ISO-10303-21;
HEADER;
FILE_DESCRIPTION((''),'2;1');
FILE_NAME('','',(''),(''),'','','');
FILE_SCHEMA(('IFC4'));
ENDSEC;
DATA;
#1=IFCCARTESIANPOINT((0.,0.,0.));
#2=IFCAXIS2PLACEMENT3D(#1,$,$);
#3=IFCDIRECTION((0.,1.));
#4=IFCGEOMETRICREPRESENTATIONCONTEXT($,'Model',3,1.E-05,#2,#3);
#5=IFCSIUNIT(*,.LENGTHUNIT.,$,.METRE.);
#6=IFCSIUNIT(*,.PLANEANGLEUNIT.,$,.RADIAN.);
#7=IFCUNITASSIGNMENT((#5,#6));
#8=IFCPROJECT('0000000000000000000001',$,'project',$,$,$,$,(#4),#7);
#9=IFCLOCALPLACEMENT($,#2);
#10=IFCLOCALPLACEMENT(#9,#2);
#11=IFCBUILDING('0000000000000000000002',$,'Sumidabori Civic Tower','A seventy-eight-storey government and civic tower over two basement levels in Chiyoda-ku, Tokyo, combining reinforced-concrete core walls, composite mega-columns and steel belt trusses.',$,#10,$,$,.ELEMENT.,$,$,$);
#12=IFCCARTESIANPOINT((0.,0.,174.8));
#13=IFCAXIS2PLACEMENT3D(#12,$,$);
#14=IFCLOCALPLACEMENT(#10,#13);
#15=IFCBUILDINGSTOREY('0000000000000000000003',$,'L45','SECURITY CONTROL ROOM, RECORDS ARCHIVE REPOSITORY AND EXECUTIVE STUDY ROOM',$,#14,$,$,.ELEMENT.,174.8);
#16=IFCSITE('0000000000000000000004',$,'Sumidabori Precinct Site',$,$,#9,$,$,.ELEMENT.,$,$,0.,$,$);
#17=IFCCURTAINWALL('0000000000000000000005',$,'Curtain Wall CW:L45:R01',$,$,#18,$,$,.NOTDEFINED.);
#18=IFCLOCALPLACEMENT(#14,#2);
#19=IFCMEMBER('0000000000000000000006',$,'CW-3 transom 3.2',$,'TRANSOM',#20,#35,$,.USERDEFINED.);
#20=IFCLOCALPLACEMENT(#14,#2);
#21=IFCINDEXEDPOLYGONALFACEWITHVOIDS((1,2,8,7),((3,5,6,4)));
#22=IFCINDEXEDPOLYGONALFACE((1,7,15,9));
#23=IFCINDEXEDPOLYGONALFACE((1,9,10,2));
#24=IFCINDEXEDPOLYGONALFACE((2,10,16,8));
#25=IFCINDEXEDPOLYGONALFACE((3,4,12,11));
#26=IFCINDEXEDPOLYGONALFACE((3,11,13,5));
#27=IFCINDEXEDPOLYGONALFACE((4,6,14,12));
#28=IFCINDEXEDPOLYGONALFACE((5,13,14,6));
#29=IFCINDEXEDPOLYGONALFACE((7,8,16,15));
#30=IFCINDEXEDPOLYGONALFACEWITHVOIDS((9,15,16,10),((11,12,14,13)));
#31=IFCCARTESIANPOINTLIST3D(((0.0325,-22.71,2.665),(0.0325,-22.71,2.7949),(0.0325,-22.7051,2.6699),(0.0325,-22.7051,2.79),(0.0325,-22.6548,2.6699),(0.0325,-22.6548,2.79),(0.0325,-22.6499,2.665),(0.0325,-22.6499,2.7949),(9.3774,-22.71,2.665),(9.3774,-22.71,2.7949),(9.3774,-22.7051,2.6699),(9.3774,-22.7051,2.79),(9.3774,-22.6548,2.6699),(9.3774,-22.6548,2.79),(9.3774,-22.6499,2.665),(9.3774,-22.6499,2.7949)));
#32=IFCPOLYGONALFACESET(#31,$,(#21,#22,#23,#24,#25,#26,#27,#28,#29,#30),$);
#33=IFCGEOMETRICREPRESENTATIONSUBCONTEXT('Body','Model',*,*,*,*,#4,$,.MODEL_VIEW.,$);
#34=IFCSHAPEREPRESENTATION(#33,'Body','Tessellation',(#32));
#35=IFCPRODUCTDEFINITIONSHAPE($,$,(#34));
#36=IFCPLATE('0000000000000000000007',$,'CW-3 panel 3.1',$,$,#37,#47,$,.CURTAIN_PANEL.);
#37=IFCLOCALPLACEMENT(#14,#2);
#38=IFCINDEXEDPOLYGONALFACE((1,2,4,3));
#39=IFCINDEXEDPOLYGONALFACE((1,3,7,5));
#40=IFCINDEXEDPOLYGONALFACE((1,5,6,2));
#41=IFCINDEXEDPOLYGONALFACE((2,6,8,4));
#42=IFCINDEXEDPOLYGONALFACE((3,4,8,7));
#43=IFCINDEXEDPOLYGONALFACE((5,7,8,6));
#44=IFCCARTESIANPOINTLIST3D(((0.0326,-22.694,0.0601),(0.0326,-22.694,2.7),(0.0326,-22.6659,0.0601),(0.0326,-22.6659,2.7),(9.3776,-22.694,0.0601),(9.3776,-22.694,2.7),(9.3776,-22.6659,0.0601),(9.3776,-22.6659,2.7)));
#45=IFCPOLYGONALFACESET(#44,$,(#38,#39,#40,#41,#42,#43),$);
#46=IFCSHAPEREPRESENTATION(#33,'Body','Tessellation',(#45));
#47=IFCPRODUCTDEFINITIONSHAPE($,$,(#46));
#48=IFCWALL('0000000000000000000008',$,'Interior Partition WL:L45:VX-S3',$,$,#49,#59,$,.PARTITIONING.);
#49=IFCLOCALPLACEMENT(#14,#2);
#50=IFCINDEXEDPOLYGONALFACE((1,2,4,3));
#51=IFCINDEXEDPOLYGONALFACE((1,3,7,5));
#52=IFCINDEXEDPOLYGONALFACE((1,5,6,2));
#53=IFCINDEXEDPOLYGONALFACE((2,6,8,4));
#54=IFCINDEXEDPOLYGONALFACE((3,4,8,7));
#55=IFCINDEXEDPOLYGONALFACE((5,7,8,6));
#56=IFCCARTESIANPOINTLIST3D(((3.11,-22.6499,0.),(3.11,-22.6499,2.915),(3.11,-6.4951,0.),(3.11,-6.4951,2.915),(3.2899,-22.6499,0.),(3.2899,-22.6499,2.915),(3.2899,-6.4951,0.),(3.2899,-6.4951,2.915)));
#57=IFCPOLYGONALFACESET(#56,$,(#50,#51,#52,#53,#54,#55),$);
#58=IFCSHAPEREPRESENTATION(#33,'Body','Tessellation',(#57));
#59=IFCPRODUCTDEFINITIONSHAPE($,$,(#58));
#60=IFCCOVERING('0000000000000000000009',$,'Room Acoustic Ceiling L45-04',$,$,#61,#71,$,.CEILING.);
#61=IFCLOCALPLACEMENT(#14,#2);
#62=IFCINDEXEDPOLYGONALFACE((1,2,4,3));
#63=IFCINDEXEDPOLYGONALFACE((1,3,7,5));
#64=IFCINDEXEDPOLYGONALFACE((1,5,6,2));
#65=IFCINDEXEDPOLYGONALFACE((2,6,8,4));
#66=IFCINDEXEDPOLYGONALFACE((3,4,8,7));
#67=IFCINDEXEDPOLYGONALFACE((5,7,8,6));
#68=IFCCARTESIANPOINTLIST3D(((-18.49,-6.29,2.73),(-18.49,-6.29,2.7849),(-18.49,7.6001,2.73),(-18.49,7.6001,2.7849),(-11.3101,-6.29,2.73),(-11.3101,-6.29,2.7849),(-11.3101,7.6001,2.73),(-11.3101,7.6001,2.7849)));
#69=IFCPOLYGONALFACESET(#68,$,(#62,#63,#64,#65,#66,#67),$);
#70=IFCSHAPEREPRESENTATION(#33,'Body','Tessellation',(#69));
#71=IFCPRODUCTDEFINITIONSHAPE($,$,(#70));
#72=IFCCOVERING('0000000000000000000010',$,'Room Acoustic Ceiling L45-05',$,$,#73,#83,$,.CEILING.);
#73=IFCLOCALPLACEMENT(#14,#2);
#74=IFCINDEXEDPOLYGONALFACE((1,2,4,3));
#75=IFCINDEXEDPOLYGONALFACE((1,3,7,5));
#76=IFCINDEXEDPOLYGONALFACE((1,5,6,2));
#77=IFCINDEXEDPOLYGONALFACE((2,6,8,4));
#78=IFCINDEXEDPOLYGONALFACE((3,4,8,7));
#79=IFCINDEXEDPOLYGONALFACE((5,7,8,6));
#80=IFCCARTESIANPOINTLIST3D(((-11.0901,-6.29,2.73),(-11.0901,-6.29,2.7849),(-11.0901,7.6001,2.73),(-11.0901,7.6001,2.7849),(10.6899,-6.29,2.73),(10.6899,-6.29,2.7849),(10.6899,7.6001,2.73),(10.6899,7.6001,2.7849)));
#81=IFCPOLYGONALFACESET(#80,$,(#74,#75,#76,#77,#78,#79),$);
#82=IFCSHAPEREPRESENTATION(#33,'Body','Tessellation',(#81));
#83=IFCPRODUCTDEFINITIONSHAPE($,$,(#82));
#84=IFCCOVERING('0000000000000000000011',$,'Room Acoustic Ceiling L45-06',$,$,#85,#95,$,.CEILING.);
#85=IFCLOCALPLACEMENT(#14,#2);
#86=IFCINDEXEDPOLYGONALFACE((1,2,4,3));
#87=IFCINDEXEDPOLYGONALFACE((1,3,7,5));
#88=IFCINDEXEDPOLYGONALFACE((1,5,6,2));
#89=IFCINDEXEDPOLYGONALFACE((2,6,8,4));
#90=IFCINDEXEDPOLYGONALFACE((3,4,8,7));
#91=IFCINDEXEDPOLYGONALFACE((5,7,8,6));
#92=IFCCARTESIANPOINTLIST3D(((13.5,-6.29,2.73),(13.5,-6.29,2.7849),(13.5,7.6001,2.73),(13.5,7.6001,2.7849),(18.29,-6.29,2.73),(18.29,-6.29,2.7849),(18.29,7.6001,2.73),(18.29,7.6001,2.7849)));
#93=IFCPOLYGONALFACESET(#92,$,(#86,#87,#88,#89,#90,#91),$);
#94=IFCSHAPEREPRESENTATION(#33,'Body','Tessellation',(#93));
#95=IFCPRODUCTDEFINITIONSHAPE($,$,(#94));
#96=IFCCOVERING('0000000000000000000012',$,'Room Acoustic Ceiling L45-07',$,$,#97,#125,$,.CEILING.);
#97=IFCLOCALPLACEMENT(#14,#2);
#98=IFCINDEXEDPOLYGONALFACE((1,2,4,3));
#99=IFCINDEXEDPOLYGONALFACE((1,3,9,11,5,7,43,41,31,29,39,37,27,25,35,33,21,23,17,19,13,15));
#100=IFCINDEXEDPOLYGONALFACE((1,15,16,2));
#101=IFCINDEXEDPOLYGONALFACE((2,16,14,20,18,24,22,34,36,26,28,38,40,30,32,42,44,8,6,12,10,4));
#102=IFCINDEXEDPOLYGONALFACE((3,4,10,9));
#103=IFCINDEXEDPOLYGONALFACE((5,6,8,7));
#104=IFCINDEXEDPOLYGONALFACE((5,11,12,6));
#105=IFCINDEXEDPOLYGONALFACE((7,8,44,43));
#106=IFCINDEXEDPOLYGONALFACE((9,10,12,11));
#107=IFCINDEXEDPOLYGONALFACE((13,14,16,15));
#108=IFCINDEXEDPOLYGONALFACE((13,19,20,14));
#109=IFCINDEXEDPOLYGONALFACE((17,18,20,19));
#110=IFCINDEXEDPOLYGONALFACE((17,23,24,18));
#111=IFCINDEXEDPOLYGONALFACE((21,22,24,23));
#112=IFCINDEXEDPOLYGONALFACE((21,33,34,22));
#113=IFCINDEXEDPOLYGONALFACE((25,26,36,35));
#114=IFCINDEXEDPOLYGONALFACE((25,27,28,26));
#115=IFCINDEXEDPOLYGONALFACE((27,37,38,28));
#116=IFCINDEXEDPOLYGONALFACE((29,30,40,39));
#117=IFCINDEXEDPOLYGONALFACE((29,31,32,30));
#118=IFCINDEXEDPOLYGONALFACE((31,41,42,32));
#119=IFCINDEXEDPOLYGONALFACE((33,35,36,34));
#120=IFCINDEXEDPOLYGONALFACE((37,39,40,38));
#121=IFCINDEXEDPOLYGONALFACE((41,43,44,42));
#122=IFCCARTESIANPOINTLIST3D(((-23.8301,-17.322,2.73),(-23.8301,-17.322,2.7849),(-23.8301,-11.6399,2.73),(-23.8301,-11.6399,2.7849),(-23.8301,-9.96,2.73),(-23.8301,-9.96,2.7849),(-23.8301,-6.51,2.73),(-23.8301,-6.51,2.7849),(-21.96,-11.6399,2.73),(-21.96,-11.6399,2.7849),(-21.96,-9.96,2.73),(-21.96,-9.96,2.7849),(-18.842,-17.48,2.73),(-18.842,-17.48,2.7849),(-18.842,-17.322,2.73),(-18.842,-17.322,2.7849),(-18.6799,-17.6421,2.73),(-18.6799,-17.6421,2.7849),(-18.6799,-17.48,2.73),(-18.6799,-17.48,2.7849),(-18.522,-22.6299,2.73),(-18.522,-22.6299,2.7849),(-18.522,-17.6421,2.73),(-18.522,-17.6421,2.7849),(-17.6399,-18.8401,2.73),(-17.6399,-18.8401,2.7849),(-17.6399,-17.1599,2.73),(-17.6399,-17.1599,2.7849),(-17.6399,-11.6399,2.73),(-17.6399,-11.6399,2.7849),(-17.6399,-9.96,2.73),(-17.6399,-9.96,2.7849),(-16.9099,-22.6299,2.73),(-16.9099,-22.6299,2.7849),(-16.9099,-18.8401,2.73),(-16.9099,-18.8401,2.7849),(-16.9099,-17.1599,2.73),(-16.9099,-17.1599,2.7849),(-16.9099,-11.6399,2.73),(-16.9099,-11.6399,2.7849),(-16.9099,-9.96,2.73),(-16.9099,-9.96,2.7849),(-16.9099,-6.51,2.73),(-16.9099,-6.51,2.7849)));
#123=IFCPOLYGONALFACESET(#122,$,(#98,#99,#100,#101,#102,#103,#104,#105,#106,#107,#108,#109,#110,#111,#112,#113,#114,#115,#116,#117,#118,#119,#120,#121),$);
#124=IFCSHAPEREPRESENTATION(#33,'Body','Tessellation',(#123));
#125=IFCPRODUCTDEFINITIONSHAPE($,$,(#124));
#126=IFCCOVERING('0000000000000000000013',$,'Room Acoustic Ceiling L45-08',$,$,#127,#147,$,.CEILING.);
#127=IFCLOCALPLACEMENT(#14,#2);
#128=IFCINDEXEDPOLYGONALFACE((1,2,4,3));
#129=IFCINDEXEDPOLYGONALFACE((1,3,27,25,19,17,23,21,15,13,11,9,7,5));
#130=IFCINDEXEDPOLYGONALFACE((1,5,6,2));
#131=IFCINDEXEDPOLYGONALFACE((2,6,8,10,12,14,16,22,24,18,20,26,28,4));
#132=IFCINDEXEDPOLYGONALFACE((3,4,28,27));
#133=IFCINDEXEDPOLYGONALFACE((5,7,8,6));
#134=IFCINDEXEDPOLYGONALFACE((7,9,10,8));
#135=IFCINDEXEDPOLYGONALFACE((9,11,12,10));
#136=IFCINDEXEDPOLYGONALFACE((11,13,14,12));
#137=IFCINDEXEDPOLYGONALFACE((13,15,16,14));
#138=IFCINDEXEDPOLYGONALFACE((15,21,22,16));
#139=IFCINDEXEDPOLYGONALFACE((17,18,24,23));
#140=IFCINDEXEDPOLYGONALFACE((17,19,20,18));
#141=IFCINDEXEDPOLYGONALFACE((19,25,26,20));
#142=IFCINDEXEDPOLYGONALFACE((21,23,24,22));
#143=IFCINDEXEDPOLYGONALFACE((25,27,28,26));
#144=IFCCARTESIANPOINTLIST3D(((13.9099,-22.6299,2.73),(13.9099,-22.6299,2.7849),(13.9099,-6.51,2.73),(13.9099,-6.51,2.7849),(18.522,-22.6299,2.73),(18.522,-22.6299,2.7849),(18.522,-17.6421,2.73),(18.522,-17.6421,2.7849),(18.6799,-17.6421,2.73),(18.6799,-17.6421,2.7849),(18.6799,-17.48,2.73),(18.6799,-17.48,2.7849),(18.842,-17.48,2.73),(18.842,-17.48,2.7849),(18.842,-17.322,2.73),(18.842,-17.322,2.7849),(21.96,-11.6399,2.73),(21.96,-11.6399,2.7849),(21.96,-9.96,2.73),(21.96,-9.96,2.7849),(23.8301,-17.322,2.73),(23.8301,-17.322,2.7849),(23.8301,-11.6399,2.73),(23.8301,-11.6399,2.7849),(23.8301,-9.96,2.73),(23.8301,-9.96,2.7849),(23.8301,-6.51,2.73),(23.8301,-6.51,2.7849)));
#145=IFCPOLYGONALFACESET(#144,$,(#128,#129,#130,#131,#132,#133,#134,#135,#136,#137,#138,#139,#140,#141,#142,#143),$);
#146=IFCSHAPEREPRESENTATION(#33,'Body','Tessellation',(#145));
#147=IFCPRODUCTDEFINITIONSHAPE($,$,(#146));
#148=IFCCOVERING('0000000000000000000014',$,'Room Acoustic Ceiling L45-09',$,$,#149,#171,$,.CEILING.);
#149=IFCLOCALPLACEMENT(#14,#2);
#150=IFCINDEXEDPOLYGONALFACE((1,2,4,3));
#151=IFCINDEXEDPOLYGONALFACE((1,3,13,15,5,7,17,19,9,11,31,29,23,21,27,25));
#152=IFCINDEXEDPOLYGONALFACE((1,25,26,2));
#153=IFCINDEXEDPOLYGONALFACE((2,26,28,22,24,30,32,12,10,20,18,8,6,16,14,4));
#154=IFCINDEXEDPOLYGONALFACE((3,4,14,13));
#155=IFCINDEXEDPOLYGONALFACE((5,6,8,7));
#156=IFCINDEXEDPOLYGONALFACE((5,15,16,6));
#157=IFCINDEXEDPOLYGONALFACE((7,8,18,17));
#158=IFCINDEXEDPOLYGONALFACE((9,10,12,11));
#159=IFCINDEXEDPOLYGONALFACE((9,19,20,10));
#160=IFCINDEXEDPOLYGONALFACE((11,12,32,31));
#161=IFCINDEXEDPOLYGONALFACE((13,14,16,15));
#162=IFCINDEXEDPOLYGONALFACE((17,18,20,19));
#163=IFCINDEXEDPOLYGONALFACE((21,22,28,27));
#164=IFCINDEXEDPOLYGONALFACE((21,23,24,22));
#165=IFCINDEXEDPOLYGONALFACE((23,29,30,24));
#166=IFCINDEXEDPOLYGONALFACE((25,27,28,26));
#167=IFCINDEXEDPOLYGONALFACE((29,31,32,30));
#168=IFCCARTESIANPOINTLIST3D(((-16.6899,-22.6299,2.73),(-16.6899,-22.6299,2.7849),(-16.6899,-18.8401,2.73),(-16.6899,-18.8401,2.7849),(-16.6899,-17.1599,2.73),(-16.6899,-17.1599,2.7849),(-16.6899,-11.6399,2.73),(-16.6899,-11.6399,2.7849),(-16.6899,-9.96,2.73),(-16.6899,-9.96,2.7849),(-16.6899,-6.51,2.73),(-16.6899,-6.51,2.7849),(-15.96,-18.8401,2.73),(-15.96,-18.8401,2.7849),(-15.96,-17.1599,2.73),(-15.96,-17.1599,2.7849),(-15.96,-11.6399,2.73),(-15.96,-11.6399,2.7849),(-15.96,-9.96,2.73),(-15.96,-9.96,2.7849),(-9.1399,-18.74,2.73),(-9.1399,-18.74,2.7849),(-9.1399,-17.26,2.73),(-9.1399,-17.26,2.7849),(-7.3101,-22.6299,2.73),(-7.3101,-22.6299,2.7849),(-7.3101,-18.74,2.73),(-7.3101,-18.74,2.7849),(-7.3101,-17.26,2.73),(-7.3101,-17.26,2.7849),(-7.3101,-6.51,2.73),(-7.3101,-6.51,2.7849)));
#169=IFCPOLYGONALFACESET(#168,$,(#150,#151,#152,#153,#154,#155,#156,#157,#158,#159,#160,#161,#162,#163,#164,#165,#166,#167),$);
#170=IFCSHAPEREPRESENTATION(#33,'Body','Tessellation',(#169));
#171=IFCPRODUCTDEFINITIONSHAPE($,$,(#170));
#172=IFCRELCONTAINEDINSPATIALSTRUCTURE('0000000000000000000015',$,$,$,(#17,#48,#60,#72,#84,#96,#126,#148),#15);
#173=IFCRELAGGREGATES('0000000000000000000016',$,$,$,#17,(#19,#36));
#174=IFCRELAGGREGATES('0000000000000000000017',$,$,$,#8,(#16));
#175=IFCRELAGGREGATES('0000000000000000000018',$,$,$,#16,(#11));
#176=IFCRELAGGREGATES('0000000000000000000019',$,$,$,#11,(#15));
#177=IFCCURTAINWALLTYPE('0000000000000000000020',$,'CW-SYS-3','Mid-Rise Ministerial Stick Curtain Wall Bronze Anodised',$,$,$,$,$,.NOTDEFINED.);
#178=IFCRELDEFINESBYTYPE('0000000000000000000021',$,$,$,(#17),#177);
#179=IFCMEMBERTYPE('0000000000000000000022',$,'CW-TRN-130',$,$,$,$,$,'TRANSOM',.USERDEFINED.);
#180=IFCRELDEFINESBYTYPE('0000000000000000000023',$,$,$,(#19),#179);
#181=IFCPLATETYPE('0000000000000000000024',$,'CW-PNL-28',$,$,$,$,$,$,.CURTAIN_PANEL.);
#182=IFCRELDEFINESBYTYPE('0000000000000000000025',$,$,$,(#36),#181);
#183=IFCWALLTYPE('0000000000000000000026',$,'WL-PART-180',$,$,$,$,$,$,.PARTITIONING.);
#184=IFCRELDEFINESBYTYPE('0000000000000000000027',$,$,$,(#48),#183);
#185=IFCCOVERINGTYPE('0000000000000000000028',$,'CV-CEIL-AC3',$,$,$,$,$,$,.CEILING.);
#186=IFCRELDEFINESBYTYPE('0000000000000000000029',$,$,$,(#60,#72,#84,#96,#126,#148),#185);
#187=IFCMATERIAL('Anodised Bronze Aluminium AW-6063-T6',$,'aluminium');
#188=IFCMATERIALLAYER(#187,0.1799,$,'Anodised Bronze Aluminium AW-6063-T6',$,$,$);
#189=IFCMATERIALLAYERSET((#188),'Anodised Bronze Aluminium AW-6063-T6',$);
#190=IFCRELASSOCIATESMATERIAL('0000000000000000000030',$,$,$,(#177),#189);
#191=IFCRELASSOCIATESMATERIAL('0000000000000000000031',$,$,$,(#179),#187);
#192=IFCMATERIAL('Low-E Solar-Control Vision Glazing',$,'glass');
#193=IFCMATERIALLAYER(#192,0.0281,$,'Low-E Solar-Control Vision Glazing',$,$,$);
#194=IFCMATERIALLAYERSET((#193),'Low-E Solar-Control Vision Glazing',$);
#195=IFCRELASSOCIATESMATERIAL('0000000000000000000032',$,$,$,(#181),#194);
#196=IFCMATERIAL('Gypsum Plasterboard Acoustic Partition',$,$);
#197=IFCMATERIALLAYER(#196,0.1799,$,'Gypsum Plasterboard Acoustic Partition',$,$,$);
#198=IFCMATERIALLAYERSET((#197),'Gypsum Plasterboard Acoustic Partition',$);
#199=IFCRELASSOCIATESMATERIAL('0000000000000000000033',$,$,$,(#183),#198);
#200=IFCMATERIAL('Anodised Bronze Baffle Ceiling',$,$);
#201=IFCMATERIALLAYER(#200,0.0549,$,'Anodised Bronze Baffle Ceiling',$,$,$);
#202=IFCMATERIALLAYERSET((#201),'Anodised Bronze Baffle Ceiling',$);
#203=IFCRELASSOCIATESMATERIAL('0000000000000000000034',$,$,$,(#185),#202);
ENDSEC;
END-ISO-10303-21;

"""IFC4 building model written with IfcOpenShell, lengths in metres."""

from ifc_helpers import new_model, si_unit, direction, frame, frame_2d, origin, origin_2d, place, context, subcontext, project, spatial, polyline, rectangle, hollow_rectangle, outline, extrude, source, transform, mapped, material, layer, layer_set, material_profile, profile_set, type_object, element, aggregate, save


model = new_model("IFC4")

# Units and contexts
model_context = context("Model", 3, precision=1e-05, world=origin(), true_north=direction((0.0, 1.0)))
body_context = subcontext(model_context, "Body", "Model", "MODEL_VIEW")
ifc_project = project(units=[si_unit("LENGTHUNIT", "METRE"), si_unit("PLANEANGLEUNIT", "RADIAN")], contexts=[model_context])

# Site, building, storey
site_placement = place(None, origin())
site = spatial("IfcSite", under=ifc_project, at=site_placement, Name="Sumidabori Precinct Site", CompositionType="ELEMENT", RefElevation=0.0)
building_placement = place(site_placement, origin())
building = spatial("IfcBuilding", under=site, at=building_placement, Name="Sumidabori Civic Tower", Description="A seventy-eight-storey government and civic tower over two basement levels in Chiyoda-ku, Tokyo, combining reinforced-concrete core walls, composite mega-columns and steel belt trusses.", CompositionType="ELEMENT")
storey_placement = place(building_placement, frame((0.0, 0.0, 174.8)))
storey = spatial("IfcBuildingStorey", under=building, at=storey_placement, Name="L45", Description="SECURITY CONTROL ROOM, RECORDS ARCHIVE REPOSITORY AND EXECUTIVE STUDY ROOM", CompositionType="ELEMENT", Elevation=174.8)

# Curtain wall, member, plate
ifc_material_1 = material(Name="Anodised Bronze Aluminium AW-6063-T6", Category="aluminium")
ifc_layer_1 = layer(ifc_material_1, 0.1799, Name="Anodised Bronze Aluminium AW-6063-T6")
ifc_layer_set_1 = layer_set([ifc_layer_1], Name="Anodised Bronze Aluminium AW-6063-T6")
curtain_wall_type = type_object("IfcCurtainWallType", Name="CW-SYS-3", Description="Mid-Rise Ministerial Stick Curtain Wall Bronze Anodised", PredefinedType="NOTDEFINED", material=ifc_layer_set_1)
curtain_wall_placement = place(storey_placement, origin())
curtain_wall = element("IfcCurtainWall", 1, at=curtain_wall_placement, inside=storey, type_object=curtain_wall_type, Name="Curtain Wall CW:L45:R01", PredefinedType="NOTDEFINED")
ifc_material_profile_1 = material_profile(ifc_material_1, hollow_rectangle(XDim=0.0601, YDim=0.1299, WallThickness=0.0049, at=origin_2d()), Name="ALU TRANSOM 130x60")
ifc_profile_set_1 = profile_set([ifc_material_profile_1], Name="Anodised Bronze Aluminium AW-6063-T6")
member_type = type_object("IfcMemberType", Name="CW-TRN-130", ElementType="TRANSOM", PredefinedType="USERDEFINED", material=ifc_profile_set_1)
shared_shape_1 = source(origin(), body_context, "Body", "SweptSolid", [
    extrude(hollow_rectangle(XDim=0.0601, YDim=0.1299, WallThickness=0.0049, at=origin_2d()), origin(), (0.0, 0.0, 1.0), 9.345),
])
member_1_placement = place(storey_placement, frame((0.0325, -22.6799, 2.73), z_axis=(1.0, 0.0, 0.0), x_axis=(0.0, 1.0, 0.0)))
member_1 = element("IfcMember", 2, at=member_1_placement, type_object=member_type, Name="CW-3 transom 3.2", ObjectType="TRANSOM", PredefinedType="USERDEFINED", context=body_context, shape_type="MappedRepresentation", body=[
    mapped(shared_shape_1, transform((0.0, 0.0, 0.0), x_axis=(1.0, 0.0, 0.0), y_axis=(0.0, 1.0, 0.0), z_axis=(0.0, 0.0, 1.0), scale=1.0)),
])
ifc_material_2 = material(Name="Low-E Solar-Control Vision Glazing", Category="glass")
ifc_layer_2 = layer(ifc_material_2, 0.0281, Name="Low-E Solar-Control Vision Glazing")
ifc_layer_set_2 = layer_set([ifc_layer_2], Name="Low-E Solar-Control Vision Glazing")
plate_type = type_object("IfcPlateType", Name="CW-PNL-28", PredefinedType="CURTAIN_PANEL", material=ifc_layer_set_2)
shared_shape_2 = source(origin(), body_context, "Body", "SweptSolid", [
    extrude(rectangle(XDim=9.345, YDim=0.0281, at=origin_2d()), origin(), (0.0, 0.0, 1.0), 2.6399),
])
plate_placement = place(storey_placement, frame((4.7051, -22.6799, 0.0601), z_axis=(0.0, 0.0, 1.0), x_axis=(1.0, 0.0, 0.0)))
plate = element("IfcPlate", 3, at=plate_placement, type_object=plate_type, Name="CW-3 panel 3.1", PredefinedType="CURTAIN_PANEL", context=body_context, shape_type="MappedRepresentation", body=[
    mapped(shared_shape_2, transform((0.0, 0.0, 0.0), x_axis=(1.0, 0.0, 0.0), y_axis=(0.0, 1.0, 0.0), z_axis=(0.0, 0.0, 1.0), scale=1.0)),
])
aggregate(curtain_wall, [member_1, plate])

# Wall
ifc_material_3 = material(Name="Gypsum Plasterboard Acoustic Partition")
ifc_layer_3 = layer(ifc_material_3, 0.1799, Name="Gypsum Plasterboard Acoustic Partition")
ifc_layer_set_3 = layer_set([ifc_layer_3], Name="Gypsum Plasterboard Acoustic Partition")
wall_type = type_object("IfcWallType", Name="WL-PART-180", PredefinedType="PARTITIONING", material=ifc_layer_set_3)
shared_shape_3 = source(origin(), body_context, "Body", "SweptSolid", [
    extrude(rectangle(XDim=16.1548, YDim=0.1799, at=frame_2d((8.0774, 0.0))), origin(), (0.0, 0.0, 1.0), 2.915),
])
wall_placement = place(storey_placement, frame((3.2, -22.6499, 0.0), z_axis=(0.0, 0.0, 1.0), x_axis=(0.0, 1.0, 0.0)))
element("IfcWall", 4, at=wall_placement, inside=storey, type_object=wall_type, Name="Interior Partition WL:L45:VX-S3", PredefinedType="PARTITIONING", context=body_context, shape_type="MappedRepresentation", body=[
    mapped(shared_shape_3, transform((0.0, 0.0, 0.0), x_axis=(1.0, 0.0, 0.0), y_axis=(0.0, 1.0, 0.0), z_axis=(0.0, 0.0, 1.0), scale=1.0)),
])

# Coverings
ifc_material_4 = material(Name="Anodised Bronze Baffle Ceiling")
ifc_layer_4 = layer(ifc_material_4, 0.0549, Name="Anodised Bronze Baffle Ceiling")
ifc_layer_set_4 = layer_set([ifc_layer_4], Name="Anodised Bronze Baffle Ceiling")
covering_type_1 = type_object("IfcCoveringType", Name="CV-CEIL-AC3", PredefinedType="CEILING", material=ifc_layer_set_4)
covering_1_placement = place(storey_placement, frame((0.0, 0.0, 2.73)))
element("IfcCovering", 5, at=covering_1_placement, inside=storey, type_object=covering_type_1, Name="Room Acoustic Ceiling L45-04", PredefinedType="CEILING", context=body_context, shape_type="SweptSolid", body=[
    extrude(outline(polyline([(-18.49, 7.6001), (-11.3101, 7.6001), (-11.3101, -6.29), (-18.49, -6.29), (-18.49, 7.6001)])), origin(), (0.0, 0.0, 1.0), 0.0549),
])
covering_2_placement = place(storey_placement, frame((0.0, 0.0, 2.73)))
element("IfcCovering", 6, at=covering_2_placement, inside=storey, type_object=covering_type_1, Name="Room Acoustic Ceiling L45-05", PredefinedType="CEILING", context=body_context, shape_type="SweptSolid", body=[
    extrude(outline(polyline([(-11.0901, 7.6001), (10.6899, 7.6001), (10.6899, -6.29), (-11.0901, -6.29), (-11.0901, 7.6001)])), origin(), (0.0, 0.0, 1.0), 0.0549),
])
covering_3_placement = place(storey_placement, frame((0.0, 0.0, 2.73)))
element("IfcCovering", 7, at=covering_3_placement, inside=storey, type_object=covering_type_1, Name="Room Acoustic Ceiling L45-06", PredefinedType="CEILING", context=body_context, shape_type="SweptSolid", body=[
    extrude(outline(polyline([(13.5, 7.6001), (18.29, 7.6001), (18.29, -6.29), (13.5, -6.29), (13.5, 7.6001)])), origin(), (0.0, 0.0, 1.0), 0.0549),
])
covering_4_placement = place(storey_placement, frame((0.0, 0.0, 2.73)))
element("IfcCovering", 8, at=covering_4_placement, inside=storey, type_object=covering_type_1, Name="Room Acoustic Ceiling L45-07", PredefinedType="CEILING", context=body_context, shape_type="SweptSolid", body=[
    extrude(outline(polyline([(-21.96, -11.6399), (-21.96, -9.96), (-23.8301, -9.96), (-23.8301, -6.51), (-16.9099, -6.51), (-16.9099, -9.96), (-17.6399, -9.96), (-17.6399, -11.6399), (-16.9099, -11.6399), (-16.9099, -17.1599), (-17.6399, -17.1599), (-17.6399, -18.8401), (-16.9099, -18.8401), (-16.9099, -22.6299), (-18.522, -22.6299), (-18.522, -17.6421), (-18.6799, -17.6421), (-18.6799, -17.48), (-18.842, -17.48), (-18.842, -17.322), (-23.8301, -17.322), (-23.8301, -11.6399), (-21.96, -11.6399)])), origin(), (0.0, 0.0, 1.0), 0.0549),
])
covering_5_placement = place(storey_placement, frame((0.0, 0.0, 2.73)))
element("IfcCovering", 9, at=covering_5_placement, inside=storey, type_object=covering_type_1, Name="Room Acoustic Ceiling L45-08", PredefinedType="CEILING", context=body_context, shape_type="SweptSolid", body=[
    extrude(outline(polyline([(13.9099, -6.51), (23.8301, -6.51), (23.8301, -9.96), (21.96, -9.96), (21.96, -11.6399), (23.8301, -11.6399), (23.8301, -17.322), (18.842, -17.322), (18.842, -17.48), (18.6799, -17.48), (18.6799, -17.6421), (18.522, -17.6421), (18.522, -22.6299), (13.9099, -22.6299), (13.9099, -6.51)])), origin(), (0.0, 0.0, 1.0), 0.0549),
])
covering_6_placement = place(storey_placement, frame((0.0, 0.0, 2.73)))
element("IfcCovering", 10, at=covering_6_placement, inside=storey, type_object=covering_type_1, Name="Room Acoustic Ceiling L45-09", PredefinedType="CEILING", context=body_context, shape_type="SweptSolid", body=[
    extrude(outline(polyline([(-16.6899, -18.8401), (-15.96, -18.8401), (-15.96, -17.1599), (-16.6899, -17.1599), (-16.6899, -11.6399), (-15.96, -11.6399), (-15.96, -9.96), (-16.6899, -9.96), (-16.6899, -6.51), (-7.3101, -6.51), (-7.3101, -17.26), (-9.1399, -17.26), (-9.1399, -18.74), (-7.3101, -18.74), (-7.3101, -22.6299), (-16.6899, -22.6299), (-16.6899, -18.8401)])), origin(), (0.0, 0.0, 1.0), 0.0549),
])

save(model, "model.ifc")
